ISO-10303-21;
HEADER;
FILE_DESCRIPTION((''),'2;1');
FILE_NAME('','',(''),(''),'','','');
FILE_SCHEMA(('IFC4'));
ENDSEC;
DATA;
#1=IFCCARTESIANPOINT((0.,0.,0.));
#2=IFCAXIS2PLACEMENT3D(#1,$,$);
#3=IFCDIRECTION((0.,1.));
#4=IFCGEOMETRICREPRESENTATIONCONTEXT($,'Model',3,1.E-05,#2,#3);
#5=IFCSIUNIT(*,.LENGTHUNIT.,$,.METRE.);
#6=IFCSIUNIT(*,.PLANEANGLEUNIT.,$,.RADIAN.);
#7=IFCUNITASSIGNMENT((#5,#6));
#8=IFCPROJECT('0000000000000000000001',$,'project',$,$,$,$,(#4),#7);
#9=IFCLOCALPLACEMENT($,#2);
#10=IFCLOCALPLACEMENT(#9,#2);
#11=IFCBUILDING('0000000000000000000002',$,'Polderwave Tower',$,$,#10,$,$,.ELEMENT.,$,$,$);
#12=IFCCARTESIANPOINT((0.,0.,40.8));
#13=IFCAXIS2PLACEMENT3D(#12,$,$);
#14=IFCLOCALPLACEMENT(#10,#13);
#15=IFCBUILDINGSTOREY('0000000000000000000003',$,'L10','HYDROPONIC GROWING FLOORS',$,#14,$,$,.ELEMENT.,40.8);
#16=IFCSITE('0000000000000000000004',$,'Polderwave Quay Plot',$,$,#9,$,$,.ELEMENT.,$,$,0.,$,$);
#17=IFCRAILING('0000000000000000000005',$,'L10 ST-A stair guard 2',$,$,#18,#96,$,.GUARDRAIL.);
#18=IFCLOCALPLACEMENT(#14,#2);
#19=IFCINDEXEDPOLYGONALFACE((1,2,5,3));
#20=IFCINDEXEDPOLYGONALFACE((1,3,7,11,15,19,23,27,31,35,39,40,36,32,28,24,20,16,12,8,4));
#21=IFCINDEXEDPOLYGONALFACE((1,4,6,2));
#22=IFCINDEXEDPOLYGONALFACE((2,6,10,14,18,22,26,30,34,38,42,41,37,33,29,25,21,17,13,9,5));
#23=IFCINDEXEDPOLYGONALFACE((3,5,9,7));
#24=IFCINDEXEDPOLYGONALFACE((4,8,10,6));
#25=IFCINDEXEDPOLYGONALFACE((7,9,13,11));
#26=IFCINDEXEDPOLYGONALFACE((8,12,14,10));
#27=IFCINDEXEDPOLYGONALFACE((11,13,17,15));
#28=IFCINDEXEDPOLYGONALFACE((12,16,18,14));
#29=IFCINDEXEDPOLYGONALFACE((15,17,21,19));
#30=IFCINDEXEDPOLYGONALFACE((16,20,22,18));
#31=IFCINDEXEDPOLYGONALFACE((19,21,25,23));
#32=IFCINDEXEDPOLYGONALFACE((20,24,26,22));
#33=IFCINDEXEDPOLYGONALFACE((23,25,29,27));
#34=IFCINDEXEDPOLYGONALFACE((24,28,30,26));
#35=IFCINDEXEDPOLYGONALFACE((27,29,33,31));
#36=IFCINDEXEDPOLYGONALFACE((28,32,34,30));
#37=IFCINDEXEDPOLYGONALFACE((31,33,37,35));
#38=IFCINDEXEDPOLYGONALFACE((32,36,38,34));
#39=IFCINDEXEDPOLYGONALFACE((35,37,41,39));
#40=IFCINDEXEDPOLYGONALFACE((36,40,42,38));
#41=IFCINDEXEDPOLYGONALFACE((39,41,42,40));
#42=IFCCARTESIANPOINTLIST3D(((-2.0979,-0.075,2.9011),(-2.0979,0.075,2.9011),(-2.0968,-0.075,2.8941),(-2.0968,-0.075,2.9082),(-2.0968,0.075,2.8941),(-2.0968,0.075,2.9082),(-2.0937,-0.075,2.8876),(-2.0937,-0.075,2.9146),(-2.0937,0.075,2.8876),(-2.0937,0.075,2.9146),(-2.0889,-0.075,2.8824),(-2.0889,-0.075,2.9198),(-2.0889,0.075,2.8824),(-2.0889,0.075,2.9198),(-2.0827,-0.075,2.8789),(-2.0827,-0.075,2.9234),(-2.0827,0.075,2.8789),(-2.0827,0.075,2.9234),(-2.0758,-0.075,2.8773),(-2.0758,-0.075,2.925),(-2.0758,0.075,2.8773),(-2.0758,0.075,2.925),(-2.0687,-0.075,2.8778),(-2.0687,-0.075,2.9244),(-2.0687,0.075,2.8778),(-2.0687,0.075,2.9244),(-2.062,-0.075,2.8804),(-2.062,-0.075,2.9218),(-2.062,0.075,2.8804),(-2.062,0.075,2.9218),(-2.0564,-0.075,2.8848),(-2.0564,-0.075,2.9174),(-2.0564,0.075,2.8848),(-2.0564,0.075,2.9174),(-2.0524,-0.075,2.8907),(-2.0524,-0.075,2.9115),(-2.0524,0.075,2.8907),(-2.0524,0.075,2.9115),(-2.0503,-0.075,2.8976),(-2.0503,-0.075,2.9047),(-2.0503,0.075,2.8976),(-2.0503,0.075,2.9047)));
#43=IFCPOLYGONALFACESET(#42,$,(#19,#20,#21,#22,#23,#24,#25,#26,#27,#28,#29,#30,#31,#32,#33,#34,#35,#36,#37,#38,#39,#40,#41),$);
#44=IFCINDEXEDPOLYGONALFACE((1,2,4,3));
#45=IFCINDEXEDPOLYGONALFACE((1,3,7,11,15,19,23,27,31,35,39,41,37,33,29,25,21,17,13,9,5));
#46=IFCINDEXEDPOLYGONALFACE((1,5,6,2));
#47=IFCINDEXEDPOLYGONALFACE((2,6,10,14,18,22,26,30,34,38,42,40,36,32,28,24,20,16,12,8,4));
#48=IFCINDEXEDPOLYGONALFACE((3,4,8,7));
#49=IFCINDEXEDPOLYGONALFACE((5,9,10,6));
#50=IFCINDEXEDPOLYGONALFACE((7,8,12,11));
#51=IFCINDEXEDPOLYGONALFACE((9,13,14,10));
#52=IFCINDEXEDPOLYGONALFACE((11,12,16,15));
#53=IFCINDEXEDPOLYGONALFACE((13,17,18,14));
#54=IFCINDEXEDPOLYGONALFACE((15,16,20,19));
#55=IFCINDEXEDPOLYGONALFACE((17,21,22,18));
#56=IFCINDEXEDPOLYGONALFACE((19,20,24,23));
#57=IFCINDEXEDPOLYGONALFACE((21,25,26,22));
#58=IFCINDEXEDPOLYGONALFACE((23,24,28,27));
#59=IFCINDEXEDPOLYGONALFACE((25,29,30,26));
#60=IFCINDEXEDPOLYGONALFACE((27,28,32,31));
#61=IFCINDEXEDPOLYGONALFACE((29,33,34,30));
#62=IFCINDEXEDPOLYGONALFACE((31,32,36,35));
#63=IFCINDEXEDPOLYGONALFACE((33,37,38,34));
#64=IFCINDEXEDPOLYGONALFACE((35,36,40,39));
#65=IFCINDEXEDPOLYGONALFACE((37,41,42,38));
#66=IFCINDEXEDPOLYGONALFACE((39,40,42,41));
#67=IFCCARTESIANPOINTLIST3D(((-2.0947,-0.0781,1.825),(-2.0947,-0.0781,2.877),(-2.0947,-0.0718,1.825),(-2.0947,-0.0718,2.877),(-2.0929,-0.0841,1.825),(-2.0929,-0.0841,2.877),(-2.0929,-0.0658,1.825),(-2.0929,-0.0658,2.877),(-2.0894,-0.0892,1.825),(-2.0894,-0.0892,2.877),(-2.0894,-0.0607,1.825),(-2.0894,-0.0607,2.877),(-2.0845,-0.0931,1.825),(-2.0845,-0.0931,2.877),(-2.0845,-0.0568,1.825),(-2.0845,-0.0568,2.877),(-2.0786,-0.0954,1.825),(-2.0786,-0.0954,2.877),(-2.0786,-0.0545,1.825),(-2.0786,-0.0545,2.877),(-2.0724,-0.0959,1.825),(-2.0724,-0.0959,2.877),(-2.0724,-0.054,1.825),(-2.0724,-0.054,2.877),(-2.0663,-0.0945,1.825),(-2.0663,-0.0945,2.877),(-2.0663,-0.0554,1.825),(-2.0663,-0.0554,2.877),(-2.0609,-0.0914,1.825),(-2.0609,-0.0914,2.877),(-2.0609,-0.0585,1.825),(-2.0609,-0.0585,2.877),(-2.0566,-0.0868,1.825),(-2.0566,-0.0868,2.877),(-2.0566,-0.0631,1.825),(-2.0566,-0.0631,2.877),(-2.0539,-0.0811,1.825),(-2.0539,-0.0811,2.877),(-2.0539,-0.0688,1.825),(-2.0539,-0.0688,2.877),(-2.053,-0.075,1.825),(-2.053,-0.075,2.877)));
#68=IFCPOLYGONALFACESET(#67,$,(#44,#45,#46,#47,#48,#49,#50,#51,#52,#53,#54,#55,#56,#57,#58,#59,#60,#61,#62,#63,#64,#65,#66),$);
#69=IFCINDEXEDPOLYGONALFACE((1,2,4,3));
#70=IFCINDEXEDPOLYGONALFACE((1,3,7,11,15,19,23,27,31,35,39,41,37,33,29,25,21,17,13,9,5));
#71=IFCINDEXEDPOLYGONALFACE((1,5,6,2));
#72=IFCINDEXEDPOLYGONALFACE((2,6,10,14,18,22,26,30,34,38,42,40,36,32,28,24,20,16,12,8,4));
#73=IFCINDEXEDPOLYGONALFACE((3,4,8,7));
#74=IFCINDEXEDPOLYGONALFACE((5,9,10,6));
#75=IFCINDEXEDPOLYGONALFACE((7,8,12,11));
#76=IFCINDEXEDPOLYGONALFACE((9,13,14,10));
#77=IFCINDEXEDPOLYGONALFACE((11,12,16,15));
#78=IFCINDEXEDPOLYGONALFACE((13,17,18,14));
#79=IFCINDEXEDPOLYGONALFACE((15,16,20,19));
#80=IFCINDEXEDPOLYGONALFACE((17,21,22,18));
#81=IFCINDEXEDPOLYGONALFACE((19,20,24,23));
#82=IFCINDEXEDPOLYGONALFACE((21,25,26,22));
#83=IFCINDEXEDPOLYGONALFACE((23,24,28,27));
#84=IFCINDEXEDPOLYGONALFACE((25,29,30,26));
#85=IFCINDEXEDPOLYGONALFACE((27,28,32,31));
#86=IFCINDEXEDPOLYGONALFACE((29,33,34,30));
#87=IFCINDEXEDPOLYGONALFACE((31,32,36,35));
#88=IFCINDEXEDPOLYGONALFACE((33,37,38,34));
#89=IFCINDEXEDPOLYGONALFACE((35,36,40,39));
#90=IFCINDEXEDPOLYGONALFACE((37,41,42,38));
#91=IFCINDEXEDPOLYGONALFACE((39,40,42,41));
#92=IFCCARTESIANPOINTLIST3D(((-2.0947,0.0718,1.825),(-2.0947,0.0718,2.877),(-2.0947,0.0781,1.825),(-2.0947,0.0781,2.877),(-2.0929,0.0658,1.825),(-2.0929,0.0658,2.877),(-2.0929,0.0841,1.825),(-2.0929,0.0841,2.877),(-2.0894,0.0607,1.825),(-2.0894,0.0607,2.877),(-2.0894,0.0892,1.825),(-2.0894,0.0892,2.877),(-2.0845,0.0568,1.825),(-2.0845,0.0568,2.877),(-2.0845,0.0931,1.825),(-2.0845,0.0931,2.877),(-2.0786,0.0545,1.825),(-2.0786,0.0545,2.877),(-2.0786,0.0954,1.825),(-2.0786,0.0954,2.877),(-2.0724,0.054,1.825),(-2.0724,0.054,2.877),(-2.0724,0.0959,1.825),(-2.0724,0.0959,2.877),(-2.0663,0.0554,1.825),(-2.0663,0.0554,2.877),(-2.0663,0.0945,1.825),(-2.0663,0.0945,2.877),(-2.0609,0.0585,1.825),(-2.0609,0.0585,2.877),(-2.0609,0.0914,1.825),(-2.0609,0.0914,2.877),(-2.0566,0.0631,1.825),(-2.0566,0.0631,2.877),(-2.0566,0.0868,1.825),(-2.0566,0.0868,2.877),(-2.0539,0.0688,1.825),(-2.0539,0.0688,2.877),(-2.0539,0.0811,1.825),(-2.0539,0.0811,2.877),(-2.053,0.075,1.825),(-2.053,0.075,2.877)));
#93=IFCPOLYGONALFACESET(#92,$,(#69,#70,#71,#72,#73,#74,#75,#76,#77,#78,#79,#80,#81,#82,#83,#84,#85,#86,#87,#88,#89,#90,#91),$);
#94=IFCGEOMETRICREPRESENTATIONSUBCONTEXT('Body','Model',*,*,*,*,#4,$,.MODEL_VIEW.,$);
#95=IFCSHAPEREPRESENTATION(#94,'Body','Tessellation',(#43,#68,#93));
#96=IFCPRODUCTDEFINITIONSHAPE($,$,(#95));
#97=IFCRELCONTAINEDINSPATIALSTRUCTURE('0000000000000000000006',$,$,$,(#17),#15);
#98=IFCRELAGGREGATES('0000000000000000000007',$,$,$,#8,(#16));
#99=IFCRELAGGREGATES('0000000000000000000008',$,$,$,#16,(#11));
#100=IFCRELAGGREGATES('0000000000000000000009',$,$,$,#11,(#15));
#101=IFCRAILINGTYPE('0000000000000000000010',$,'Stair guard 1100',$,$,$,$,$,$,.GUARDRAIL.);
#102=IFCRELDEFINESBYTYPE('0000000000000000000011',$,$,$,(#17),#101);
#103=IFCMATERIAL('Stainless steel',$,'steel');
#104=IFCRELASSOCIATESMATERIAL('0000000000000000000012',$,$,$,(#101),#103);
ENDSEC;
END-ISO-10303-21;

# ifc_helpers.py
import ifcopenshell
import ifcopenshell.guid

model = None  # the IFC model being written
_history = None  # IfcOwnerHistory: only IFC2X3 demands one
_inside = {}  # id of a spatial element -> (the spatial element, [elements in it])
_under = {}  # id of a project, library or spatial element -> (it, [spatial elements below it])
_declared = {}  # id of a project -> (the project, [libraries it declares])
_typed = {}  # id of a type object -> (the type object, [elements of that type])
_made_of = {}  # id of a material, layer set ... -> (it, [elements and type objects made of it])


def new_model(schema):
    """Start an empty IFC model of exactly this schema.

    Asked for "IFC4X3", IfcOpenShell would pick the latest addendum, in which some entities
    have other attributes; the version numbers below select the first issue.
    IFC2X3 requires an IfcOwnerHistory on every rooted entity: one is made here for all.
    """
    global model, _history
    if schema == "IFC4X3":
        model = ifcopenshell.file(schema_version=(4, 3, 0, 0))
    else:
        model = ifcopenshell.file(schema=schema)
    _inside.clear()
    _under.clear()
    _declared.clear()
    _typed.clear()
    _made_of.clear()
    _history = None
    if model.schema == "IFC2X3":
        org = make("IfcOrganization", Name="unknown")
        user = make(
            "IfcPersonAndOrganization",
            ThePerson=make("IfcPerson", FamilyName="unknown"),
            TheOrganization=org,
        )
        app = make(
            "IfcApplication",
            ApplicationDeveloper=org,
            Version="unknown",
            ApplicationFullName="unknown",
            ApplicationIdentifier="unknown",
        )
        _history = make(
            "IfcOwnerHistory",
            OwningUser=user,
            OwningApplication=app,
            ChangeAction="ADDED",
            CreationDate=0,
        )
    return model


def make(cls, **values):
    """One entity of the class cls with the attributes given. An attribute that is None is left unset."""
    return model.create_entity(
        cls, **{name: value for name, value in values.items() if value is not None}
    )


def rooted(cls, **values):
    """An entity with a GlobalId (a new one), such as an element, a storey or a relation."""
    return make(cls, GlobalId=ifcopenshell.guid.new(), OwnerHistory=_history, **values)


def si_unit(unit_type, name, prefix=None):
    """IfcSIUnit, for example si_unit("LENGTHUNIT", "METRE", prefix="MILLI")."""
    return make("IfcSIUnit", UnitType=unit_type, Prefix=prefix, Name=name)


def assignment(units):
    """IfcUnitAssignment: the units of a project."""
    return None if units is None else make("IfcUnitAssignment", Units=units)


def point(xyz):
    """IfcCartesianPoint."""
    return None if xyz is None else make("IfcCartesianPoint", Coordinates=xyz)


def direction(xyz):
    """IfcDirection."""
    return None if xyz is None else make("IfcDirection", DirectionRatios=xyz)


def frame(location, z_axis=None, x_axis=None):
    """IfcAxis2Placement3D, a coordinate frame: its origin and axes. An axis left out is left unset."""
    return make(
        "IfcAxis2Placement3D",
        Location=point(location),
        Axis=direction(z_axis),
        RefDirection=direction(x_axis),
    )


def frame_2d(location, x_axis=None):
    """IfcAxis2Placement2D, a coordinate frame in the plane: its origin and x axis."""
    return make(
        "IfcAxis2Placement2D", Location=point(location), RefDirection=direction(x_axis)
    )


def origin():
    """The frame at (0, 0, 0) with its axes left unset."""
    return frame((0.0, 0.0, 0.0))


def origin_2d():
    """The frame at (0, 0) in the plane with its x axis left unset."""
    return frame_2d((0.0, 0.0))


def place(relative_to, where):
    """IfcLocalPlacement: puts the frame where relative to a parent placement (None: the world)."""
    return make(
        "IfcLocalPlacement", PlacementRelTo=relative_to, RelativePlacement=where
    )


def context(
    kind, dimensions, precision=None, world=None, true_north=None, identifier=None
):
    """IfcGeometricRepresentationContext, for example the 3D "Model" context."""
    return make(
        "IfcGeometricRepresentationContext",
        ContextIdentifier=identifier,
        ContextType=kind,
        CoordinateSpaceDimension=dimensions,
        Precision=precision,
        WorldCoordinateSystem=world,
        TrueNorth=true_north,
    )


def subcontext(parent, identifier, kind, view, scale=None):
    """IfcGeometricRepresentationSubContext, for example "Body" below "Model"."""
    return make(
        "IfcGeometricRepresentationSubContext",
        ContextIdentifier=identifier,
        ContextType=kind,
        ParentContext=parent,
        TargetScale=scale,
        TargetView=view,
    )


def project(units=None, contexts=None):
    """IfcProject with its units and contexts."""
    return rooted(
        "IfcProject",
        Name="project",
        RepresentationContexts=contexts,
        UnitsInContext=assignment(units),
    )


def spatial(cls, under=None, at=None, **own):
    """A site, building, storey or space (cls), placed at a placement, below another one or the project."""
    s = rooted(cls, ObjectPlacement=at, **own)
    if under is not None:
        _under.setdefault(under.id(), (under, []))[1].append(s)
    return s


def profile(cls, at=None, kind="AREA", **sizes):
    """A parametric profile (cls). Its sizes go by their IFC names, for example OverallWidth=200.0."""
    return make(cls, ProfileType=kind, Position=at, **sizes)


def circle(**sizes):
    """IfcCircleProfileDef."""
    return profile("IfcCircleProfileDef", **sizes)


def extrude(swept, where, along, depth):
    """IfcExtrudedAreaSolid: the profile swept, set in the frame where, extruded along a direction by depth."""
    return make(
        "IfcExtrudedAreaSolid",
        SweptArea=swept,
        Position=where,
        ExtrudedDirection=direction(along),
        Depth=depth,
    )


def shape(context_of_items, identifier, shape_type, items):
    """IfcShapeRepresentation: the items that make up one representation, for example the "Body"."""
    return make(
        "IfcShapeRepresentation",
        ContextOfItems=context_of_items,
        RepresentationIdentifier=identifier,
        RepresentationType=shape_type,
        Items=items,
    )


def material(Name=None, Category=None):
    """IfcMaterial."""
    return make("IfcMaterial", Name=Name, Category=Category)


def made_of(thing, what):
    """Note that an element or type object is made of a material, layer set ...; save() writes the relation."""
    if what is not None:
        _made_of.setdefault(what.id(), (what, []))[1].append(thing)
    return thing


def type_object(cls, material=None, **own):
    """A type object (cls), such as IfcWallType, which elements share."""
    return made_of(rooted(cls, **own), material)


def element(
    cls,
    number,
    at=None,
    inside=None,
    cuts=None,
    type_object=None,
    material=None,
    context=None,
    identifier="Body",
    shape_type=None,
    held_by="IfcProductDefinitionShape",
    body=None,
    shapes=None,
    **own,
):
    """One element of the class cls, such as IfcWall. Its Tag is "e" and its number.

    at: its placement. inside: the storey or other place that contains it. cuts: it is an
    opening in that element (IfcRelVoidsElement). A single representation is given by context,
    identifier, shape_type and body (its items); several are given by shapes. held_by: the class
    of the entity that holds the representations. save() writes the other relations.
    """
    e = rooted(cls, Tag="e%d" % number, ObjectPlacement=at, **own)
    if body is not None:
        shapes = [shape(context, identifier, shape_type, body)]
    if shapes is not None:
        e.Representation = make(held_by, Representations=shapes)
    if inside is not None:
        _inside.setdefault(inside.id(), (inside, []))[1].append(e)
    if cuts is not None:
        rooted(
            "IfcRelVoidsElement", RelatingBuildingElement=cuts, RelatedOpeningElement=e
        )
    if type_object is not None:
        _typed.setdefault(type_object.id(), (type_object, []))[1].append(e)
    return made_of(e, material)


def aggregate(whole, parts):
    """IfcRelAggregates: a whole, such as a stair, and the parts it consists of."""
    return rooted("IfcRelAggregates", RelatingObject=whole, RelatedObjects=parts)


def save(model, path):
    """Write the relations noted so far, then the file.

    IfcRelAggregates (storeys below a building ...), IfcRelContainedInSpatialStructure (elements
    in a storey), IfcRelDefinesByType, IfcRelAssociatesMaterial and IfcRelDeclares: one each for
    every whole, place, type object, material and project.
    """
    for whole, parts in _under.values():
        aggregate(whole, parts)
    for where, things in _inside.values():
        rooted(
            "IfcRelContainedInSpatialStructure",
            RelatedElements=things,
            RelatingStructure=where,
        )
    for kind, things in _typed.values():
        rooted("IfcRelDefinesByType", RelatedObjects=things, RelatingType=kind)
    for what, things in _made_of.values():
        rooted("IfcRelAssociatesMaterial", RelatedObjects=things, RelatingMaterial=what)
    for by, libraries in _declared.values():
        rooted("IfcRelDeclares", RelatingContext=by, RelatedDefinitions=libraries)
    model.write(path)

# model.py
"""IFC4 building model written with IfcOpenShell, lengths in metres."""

from ifc_helpers import new_model, si_unit, direction, frame, origin, origin_2d, place, context, subcontext, project, spatial, circle, extrude, material, type_object, element, save


model = new_model("IFC4")

# Units and contexts
model_context = context("Model", 3, precision=1e-05, world=origin(), true_north=direction((0.0, 1.0)))
body_context = subcontext(model_context, "Body", "Model", "MODEL_VIEW")
ifc_project = project(units=[si_unit("LENGTHUNIT", "METRE"), si_unit("PLANEANGLEUNIT", "RADIAN")], contexts=[model_context])

# Site, building, storey
site_placement = place(None, origin())
site = spatial("IfcSite", under=ifc_project, at=site_placement, Name="Polderwave Quay Plot", CompositionType="ELEMENT", RefElevation=0.0)
building_placement = place(site_placement, origin())
building = spatial("IfcBuilding", under=site, at=building_placement, Name="Polderwave Tower", CompositionType="ELEMENT")
storey_placement = place(building_placement, frame((0.0, 0.0, 40.8)))
storey = spatial("IfcBuildingStorey", under=building, at=storey_placement, Name="L10", Description="HYDROPONIC GROWING FLOORS", CompositionType="ELEMENT", Elevation=40.8)

# Railing
ifc_material_1 = material(Name="Stainless steel", Category="steel")
railing_type = type_object("IfcRailingType", Name="Stair guard 1100", PredefinedType="GUARDRAIL", material=ifc_material_1)
railing_1_placement = place(storey_placement, frame((-2.074, -0.075, 1.825)))
element("IfcRailing", 1, at=railing_1_placement, inside=storey, type_object=railing_type, Name="L10 ST-A stair guard 2", PredefinedType="GUARDRAIL", context=body_context, shape_type="SweptSolid", body=[
    extrude(circle(Radius=0.0239, at=origin_2d()), frame((0.0, 0.0, 1.0762), z_axis=(0.0, 1.0, 0.0), x_axis=(-1.0, 0.0, 0.0)), (0.0, 0.0, 1.0), 0.1499),
    extrude(circle(Radius=0.021, at=origin_2d()), origin(), (0.0, 0.0, 1.0), 1.052),
    extrude(circle(Radius=0.021, at=origin_2d()), frame((0.0, 0.1499, 0.0)), (0.0, 0.0, 1.0), 1.052),
])

save(model, "model.ifc")
